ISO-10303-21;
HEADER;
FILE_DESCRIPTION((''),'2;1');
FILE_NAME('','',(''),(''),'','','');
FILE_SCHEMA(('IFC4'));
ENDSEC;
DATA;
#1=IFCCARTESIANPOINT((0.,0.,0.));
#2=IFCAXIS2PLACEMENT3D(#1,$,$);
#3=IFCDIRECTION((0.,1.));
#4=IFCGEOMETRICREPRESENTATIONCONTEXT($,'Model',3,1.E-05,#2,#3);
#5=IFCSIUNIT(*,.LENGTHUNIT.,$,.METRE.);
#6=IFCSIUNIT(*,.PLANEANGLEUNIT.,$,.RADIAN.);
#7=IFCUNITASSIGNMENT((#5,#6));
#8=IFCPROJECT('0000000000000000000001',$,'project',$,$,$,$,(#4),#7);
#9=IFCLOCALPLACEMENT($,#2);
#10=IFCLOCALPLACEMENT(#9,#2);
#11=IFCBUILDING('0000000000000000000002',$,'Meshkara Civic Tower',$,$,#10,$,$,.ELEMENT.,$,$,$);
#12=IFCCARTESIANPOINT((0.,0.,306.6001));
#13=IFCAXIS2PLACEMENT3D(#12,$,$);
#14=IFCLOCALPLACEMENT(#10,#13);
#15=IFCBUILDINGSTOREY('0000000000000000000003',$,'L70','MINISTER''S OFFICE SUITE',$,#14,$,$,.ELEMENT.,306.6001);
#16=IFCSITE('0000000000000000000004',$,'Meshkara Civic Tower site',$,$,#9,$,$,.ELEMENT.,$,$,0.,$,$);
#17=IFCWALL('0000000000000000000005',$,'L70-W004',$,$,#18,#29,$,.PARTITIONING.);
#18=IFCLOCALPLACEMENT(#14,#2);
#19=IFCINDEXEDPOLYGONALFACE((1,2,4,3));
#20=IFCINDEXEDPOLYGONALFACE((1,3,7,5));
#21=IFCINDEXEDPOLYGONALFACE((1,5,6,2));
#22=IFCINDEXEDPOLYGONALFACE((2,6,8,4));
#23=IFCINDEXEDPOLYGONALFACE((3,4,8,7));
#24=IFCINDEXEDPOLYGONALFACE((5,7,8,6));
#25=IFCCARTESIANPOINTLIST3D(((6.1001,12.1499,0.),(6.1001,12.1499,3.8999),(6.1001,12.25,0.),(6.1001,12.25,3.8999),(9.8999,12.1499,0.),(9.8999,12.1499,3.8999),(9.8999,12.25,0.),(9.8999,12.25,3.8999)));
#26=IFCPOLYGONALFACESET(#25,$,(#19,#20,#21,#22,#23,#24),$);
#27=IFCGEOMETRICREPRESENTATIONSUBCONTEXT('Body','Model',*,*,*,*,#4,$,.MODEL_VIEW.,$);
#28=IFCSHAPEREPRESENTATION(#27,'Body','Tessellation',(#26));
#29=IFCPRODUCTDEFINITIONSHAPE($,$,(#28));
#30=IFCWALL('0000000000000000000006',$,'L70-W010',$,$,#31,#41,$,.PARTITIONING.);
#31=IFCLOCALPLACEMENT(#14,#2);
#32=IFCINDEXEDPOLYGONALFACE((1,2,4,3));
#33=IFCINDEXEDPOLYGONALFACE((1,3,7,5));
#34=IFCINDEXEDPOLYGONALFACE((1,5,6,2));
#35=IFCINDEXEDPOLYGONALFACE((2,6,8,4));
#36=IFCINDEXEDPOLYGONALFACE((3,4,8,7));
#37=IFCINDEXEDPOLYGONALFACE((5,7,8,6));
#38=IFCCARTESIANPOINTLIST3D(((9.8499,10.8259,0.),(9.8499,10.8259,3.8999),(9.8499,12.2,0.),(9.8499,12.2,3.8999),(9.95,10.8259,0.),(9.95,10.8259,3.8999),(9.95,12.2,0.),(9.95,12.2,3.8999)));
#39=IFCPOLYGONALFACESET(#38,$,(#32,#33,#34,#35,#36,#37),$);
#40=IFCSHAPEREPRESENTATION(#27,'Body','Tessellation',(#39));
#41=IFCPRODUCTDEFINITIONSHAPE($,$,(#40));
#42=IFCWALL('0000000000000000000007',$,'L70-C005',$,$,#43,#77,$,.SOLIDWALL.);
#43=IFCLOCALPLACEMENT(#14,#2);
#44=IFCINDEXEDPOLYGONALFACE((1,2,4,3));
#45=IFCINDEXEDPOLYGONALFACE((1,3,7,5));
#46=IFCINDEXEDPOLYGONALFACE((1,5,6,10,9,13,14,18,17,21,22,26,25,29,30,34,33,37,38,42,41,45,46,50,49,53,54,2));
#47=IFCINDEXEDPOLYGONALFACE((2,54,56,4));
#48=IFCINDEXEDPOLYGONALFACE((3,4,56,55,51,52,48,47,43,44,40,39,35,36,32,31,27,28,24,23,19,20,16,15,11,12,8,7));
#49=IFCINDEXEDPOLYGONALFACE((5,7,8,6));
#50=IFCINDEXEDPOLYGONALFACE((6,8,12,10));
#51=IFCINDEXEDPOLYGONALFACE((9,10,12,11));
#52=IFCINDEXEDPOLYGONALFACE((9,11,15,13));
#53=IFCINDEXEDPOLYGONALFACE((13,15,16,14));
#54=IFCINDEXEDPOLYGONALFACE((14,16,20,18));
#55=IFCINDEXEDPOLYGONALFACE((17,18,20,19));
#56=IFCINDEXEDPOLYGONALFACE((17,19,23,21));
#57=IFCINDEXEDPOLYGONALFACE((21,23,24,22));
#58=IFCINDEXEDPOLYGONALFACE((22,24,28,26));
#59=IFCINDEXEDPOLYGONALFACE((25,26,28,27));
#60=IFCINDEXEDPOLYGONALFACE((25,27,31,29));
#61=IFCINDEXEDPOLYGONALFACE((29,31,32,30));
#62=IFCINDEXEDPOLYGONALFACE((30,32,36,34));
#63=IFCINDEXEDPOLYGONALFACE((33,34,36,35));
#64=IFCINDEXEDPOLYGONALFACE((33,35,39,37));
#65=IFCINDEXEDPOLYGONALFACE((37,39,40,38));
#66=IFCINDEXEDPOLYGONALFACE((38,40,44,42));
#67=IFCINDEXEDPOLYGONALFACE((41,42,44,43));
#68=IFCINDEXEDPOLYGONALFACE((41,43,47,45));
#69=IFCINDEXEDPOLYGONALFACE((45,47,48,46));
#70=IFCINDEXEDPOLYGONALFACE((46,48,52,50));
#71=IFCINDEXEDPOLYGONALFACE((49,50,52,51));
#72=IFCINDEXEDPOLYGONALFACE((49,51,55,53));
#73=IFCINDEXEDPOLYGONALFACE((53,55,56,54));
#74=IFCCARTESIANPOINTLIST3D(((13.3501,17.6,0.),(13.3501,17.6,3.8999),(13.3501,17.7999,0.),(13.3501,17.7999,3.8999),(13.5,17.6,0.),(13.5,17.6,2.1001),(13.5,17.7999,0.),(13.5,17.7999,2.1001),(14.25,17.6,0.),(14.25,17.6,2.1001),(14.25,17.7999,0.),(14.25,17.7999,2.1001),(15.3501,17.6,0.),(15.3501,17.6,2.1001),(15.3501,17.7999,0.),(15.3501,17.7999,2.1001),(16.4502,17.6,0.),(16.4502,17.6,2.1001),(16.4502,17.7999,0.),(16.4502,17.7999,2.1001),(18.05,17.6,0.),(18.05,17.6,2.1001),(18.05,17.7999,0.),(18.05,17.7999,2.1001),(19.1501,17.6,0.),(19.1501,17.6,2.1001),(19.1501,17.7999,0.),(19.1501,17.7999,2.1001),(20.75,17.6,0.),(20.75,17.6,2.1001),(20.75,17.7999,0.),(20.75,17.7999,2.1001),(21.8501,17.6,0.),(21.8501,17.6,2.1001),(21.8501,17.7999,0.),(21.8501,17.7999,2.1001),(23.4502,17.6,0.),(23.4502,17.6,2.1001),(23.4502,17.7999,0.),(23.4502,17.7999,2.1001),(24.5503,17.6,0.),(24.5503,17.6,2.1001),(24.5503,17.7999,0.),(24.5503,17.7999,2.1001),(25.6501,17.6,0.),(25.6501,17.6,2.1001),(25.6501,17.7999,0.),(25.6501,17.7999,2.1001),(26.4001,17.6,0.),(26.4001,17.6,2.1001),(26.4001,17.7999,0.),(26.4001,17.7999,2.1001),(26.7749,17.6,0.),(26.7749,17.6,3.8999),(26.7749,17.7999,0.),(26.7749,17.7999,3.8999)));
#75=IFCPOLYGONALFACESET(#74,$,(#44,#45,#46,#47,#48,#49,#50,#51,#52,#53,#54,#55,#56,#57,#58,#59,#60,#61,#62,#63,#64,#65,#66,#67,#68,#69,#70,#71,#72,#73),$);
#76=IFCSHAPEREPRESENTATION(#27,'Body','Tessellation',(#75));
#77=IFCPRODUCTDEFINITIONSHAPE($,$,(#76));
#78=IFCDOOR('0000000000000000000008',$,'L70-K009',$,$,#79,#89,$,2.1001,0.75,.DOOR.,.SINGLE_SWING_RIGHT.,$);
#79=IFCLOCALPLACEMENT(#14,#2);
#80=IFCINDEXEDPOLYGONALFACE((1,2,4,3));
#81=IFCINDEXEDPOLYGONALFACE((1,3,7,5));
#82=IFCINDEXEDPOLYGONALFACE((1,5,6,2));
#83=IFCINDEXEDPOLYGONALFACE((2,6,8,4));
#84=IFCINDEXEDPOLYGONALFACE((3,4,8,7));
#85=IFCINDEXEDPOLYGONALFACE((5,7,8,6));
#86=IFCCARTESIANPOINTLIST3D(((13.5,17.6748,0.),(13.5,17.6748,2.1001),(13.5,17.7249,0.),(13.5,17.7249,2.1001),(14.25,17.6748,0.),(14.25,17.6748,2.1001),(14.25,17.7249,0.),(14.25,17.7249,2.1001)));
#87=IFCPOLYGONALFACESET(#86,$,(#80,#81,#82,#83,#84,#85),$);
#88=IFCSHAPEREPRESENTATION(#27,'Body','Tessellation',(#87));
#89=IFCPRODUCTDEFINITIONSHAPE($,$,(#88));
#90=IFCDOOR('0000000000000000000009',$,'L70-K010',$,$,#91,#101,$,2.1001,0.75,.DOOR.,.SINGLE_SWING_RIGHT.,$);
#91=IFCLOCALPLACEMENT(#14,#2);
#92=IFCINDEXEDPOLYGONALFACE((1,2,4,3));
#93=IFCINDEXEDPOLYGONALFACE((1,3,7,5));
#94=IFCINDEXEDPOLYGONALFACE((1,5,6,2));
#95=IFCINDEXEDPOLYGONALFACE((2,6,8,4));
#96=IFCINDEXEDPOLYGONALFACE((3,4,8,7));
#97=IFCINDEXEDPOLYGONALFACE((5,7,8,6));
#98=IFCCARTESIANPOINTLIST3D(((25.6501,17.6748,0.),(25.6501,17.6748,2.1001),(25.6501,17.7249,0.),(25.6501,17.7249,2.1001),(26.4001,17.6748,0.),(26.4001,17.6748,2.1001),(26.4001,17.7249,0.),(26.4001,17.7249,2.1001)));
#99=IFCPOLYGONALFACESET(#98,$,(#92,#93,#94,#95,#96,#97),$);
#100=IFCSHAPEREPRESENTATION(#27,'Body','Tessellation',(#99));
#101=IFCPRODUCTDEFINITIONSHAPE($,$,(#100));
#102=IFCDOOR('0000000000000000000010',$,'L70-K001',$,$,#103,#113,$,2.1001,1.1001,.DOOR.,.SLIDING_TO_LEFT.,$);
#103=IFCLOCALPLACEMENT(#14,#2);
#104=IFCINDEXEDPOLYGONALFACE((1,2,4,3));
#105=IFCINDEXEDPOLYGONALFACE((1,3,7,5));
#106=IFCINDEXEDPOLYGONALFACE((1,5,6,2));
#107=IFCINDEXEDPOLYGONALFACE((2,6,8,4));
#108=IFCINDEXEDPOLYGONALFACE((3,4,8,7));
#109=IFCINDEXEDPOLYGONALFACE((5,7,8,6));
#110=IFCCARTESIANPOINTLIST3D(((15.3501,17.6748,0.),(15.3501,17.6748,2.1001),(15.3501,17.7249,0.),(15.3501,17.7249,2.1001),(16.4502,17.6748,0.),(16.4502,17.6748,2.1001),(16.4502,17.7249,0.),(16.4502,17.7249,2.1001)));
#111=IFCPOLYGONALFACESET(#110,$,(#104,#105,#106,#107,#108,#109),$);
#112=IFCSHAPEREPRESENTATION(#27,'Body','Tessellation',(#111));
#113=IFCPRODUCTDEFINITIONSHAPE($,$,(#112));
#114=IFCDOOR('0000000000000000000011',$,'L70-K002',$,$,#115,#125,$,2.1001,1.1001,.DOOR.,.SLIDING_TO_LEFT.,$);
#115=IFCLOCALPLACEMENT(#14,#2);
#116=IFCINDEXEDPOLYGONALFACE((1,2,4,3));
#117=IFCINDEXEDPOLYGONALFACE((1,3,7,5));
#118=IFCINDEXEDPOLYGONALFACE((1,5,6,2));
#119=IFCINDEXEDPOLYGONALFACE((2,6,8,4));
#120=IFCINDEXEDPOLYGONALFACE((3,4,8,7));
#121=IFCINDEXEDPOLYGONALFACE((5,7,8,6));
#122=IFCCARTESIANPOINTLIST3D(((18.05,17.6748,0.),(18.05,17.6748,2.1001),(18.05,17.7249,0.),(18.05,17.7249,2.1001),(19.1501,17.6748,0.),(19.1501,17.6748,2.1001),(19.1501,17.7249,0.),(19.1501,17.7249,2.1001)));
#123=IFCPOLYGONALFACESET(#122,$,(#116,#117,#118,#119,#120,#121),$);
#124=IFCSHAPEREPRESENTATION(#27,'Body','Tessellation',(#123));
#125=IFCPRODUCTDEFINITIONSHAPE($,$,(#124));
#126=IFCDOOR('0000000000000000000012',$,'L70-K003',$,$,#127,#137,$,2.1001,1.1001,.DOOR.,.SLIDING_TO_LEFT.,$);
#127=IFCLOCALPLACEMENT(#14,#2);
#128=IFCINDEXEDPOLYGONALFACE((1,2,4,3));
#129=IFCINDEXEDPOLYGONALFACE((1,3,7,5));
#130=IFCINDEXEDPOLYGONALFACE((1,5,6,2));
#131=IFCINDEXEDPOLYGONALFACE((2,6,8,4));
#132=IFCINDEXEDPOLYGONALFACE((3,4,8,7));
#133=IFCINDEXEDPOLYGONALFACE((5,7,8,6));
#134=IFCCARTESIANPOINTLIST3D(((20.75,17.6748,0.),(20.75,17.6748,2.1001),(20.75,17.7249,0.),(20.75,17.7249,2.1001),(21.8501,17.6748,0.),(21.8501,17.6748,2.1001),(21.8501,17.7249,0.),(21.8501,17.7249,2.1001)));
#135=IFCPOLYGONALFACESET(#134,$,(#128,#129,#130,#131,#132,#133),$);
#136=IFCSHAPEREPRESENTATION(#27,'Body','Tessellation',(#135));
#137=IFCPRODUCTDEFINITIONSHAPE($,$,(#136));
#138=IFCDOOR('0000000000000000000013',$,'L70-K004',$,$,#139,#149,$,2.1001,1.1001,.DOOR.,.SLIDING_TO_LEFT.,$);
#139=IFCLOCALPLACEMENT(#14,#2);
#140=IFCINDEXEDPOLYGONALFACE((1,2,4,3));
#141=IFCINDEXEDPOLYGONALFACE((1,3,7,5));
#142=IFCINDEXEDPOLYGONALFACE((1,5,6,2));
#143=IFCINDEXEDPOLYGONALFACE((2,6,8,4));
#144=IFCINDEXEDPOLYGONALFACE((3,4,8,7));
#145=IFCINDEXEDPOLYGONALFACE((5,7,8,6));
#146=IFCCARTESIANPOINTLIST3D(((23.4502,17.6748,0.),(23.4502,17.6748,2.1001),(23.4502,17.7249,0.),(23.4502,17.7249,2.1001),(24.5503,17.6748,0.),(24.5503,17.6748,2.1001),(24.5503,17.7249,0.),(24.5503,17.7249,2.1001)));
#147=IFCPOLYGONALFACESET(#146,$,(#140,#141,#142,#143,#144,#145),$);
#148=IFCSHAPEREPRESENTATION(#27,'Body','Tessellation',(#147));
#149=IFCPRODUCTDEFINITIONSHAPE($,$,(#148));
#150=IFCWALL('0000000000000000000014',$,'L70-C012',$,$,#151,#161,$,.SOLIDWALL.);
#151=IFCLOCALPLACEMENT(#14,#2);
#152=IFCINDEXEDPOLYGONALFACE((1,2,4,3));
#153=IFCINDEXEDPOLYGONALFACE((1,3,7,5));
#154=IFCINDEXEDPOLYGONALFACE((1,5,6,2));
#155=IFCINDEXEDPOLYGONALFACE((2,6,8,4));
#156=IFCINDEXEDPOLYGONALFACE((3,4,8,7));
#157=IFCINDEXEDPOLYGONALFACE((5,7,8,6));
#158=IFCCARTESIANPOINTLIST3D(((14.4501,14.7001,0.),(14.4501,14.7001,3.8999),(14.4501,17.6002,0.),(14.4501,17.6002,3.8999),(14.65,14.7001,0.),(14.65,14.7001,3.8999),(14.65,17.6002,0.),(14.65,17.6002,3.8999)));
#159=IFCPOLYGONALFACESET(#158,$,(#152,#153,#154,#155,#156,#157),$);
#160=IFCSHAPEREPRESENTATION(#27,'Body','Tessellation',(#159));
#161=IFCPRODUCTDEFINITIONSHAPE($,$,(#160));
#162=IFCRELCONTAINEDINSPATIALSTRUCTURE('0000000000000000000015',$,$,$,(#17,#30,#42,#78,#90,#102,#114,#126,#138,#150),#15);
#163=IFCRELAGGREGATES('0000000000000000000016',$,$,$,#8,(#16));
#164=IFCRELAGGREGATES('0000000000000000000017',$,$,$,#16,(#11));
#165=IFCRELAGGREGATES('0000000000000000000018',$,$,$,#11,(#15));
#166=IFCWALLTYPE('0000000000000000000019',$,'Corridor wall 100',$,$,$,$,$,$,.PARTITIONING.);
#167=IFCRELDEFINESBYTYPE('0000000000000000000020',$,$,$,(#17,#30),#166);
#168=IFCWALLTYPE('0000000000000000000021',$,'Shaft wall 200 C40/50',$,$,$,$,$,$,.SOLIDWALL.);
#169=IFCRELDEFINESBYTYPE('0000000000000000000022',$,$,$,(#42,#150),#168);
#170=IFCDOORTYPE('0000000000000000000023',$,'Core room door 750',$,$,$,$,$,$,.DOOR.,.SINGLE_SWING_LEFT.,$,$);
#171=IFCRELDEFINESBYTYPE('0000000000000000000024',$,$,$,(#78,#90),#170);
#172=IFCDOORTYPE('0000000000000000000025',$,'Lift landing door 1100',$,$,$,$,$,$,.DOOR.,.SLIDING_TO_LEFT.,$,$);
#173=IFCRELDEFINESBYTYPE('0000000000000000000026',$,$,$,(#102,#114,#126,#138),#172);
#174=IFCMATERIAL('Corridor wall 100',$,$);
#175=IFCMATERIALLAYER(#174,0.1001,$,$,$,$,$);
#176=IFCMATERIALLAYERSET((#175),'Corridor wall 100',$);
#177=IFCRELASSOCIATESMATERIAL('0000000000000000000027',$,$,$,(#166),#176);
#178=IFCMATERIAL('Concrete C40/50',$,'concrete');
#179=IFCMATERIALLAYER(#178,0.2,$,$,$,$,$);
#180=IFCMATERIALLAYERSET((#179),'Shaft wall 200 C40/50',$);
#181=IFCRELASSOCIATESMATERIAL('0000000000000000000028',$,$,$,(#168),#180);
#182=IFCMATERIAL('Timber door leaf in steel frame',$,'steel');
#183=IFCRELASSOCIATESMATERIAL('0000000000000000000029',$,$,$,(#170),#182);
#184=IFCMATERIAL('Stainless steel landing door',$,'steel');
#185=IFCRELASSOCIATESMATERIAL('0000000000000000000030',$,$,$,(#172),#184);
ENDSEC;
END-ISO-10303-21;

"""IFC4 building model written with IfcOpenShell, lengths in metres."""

from ifc_helpers import new_model, si_unit, direction, frame, frame_2d, origin, place, context, subcontext, project, spatial, rectangle, extrude, material, layer, layer_set, type_object, element, fill, save


model = new_model("IFC4")

# Units and contexts
model_context = context("Model", 3, precision=1e-05, world=origin(), true_north=direction((0.0, 1.0)))
body_context = subcontext(model_context, "Body", "Model", "MODEL_VIEW")
ifc_project = project(units=[si_unit("LENGTHUNIT", "METRE"), si_unit("PLANEANGLEUNIT", "RADIAN")], contexts=[model_context])

# Site, building, storey
site_placement = place(None, origin())
site = spatial("IfcSite", under=ifc_project, at=site_placement, Name="Meshkara Civic Tower site", CompositionType="ELEMENT", RefElevation=0.0)
building_placement = place(site_placement, origin())
building = spatial("IfcBuilding", under=site, at=building_placement, Name="Meshkara Civic Tower", CompositionType="ELEMENT")
storey_placement = place(building_placement, frame((0.0, 0.0, 306.6001)))
storey = spatial("IfcBuildingStorey", under=building, at=storey_placement, Name="L70", Description="MINISTER'S OFFICE SUITE", CompositionType="ELEMENT", Elevation=306.6001)

# Walls
ifc_material_1 = material(Name="Corridor wall 100")
ifc_layer_1 = layer(ifc_material_1, 0.1001)
ifc_layer_set_1 = layer_set([ifc_layer_1], Name="Corridor wall 100")
wall_type_1 = type_object("IfcWallType", Name="Corridor wall 100", PredefinedType="PARTITIONING", material=ifc_layer_set_1)
wall_1_placement = place(storey_placement, frame((6.1001, 12.2, 0.0), z_axis=(0.0, 0.0, 1.0), x_axis=(1.0, 0.0, 0.0)))
element("IfcWall", 1, at=wall_1_placement, inside=storey, type_object=wall_type_1, Name="L70-W004", PredefinedType="PARTITIONING", context=body_context, shape_type="SweptSolid", body=[
    extrude(rectangle(XDim=3.7998, YDim=0.1001, at=frame_2d((1.8999, 0.0))), origin(), (0.0, 0.0, 1.0), 3.8999),
])
wall_2_placement = place(storey_placement, frame((9.8999, 12.2, 0.0), z_axis=(0.0, 0.0, 1.0), x_axis=(0.0, -1.0, 0.0)))
element("IfcWall", 2, at=wall_2_placement, inside=storey, type_object=wall_type_1, Name="L70-W010", PredefinedType="PARTITIONING", context=body_context, shape_type="SweptSolid", body=[
    extrude(rectangle(XDim=1.374, YDim=0.1001, at=frame_2d((0.687, 0.0))), origin(), (0.0, 0.0, 1.0), 3.8999),
])

# Wall, openings, doors
ifc_material_2 = material(Name="Concrete C40/50", Category="concrete")
ifc_layer_2 = layer(ifc_material_2, 0.2)
ifc_layer_set_2 = layer_set([ifc_layer_2], Name="Shaft wall 200 C40/50")
wall_type_2 = type_object("IfcWallType", Name="Shaft wall 200 C40/50", PredefinedType="SOLIDWALL", material=ifc_layer_set_2)
wall_3_placement = place(storey_placement, frame((13.3501, 17.7, 0.0), z_axis=(0.0, 0.0, 1.0), x_axis=(1.0, 0.0, 0.0)))
wall_3 = element("IfcWall", 3, at=wall_3_placement, inside=storey, type_object=wall_type_2, Name="L70-C005", PredefinedType="SOLIDWALL", context=body_context, shape_type="SweptSolid", body=[
    extrude(rectangle(XDim=13.4248, YDim=0.2, at=frame_2d((6.7124, 0.0))), origin(), (0.0, 0.0, 1.0), 3.8999),
])
opening_1_placement = place(wall_3_placement, frame((2.0, 0.0, 0.0)))
opening_1 = element("IfcOpeningElement", 4, at=opening_1_placement, cuts=wall_3, PredefinedType="OPENING", context=body_context, shape_type="SweptSolid", body=[
    extrude(rectangle(XDim=1.1001, YDim=2.1001, at=frame_2d((0.55, 1.05))), frame((0.0, 0.1099, 0.0), z_axis=(0.0, -1.0, 0.0), x_axis=(1.0, 0.0, 0.0)), (0.0, 0.0, 1.0), 0.22),
])
opening_2_placement = place(wall_3_placement, frame((4.7, 0.0, 0.0)))
opening_2 = element("IfcOpeningElement", 5, at=opening_2_placement, cuts=wall_3, PredefinedType="OPENING", context=body_context, shape_type="SweptSolid", body=[
    extrude(rectangle(XDim=1.1001, YDim=2.1001, at=frame_2d((0.55, 1.05))), frame((0.0, 0.1099, 0.0), z_axis=(0.0, -1.0, 0.0), x_axis=(1.0, 0.0, 0.0)), (0.0, 0.0, 1.0), 0.22),
])
opening_3_placement = place(wall_3_placement, frame((7.3999, 0.0, 0.0)))
opening_3 = element("IfcOpeningElement", 6, at=opening_3_placement, cuts=wall_3, PredefinedType="OPENING", context=body_context, shape_type="SweptSolid", body=[
    extrude(rectangle(XDim=1.1001, YDim=2.1001, at=frame_2d((0.55, 1.05))), frame((0.0, 0.1099, 0.0), z_axis=(0.0, -1.0, 0.0), x_axis=(1.0, 0.0, 0.0)), (0.0, 0.0, 1.0), 0.22),
])
opening_4_placement = place(wall_3_placement, frame((10.1001, 0.0, 0.0)))
opening_4 = element("IfcOpeningElement", 7, at=opening_4_placement, cuts=wall_3, PredefinedType="OPENING", context=body_context, shape_type="SweptSolid", body=[
    extrude(rectangle(XDim=1.1001, YDim=2.1001, at=frame_2d((0.55, 1.05))), frame((0.0, 0.1099, 0.0), z_axis=(0.0, -1.0, 0.0), x_axis=(1.0, 0.0, 0.0)), (0.0, 0.0, 1.0), 0.22),
])
opening_5_placement = place(wall_3_placement, frame((0.1499, 0.0, 0.0)))
opening_5 = element("IfcOpeningElement", 8, at=opening_5_placement, cuts=wall_3, PredefinedType="OPENING", context=body_context, shape_type="SweptSolid", body=[
    extrude(rectangle(XDim=0.75, YDim=2.1001, at=frame_2d((0.375, 1.05))), frame((0.0, 0.1099, 0.0), z_axis=(0.0, -1.0, 0.0), x_axis=(1.0, 0.0, 0.0)), (0.0, 0.0, 1.0), 0.22),
])
opening_6_placement = place(wall_3_placement, frame((12.3, 0.0, 0.0)))
opening_6 = element("IfcOpeningElement", 9, at=opening_6_placement, cuts=wall_3, PredefinedType="OPENING", context=body_context, shape_type="SweptSolid", body=[
    extrude(rectangle(XDim=0.75, YDim=2.1001, at=frame_2d((0.375, 1.05))), frame((0.0, 0.1099, 0.0), z_axis=(0.0, -1.0, 0.0), x_axis=(1.0, 0.0, 0.0)), (0.0, 0.0, 1.0), 0.22),
])
ifc_material_3 = material(Name="Timber door leaf in steel frame", Category="steel")
door_type_1 = type_object("IfcDoorType", Name="Core room door 750", OperationType="SINGLE_SWING_LEFT", PredefinedType="DOOR", material=ifc_material_3)
door_1_placement = place(opening_5_placement, origin())
door_1 = element("IfcDoor", 10, at=door_1_placement, inside=storey, type_object=door_type_1, Name="L70-K009", OperationType="SINGLE_SWING_RIGHT", OverallHeight=2.1001, OverallWidth=0.75, PredefinedType="DOOR", context=body_context, shape_type="SweptSolid", body=[
    extrude(rectangle(XDim=0.75, YDim=2.1001, at=frame_2d((0.375, 1.05))), frame((0.0, 0.0249, 0.0), z_axis=(0.0, -1.0, 0.0), x_axis=(1.0, 0.0, 0.0)), (0.0, 0.0, 1.0), 0.05),
])
fill(opening_5, door_1)
door_2_placement = place(opening_6_placement, origin())
door_2 = element("IfcDoor", 11, at=door_2_placement, inside=storey, type_object=door_type_1, Name="L70-K010", OperationType="SINGLE_SWING_RIGHT", OverallHeight=2.1001, OverallWidth=0.75, PredefinedType="DOOR", context=body_context, shape_type="SweptSolid", body=[
    extrude(rectangle(XDim=0.75, YDim=2.1001, at=frame_2d((0.375, 1.05))), frame((0.0, 0.0249, 0.0), z_axis=(0.0, -1.0, 0.0), x_axis=(1.0, 0.0, 0.0)), (0.0, 0.0, 1.0), 0.05),
])
fill(opening_6, door_2)
ifc_material_4 = material(Name="Stainless steel landing door", Category="steel")
door_type_2 = type_object("IfcDoorType", Name="Lift landing door 1100", OperationType="SLIDING_TO_LEFT", PredefinedType="DOOR", material=ifc_material_4)
door_3_placement = place(opening_1_placement, origin())
door_3 = element("IfcDoor", 12, at=door_3_placement, inside=storey, type_object=door_type_2, Name="L70-K001", OperationType="SLIDING_TO_LEFT", OverallHeight=2.1001, OverallWidth=1.1001, PredefinedType="DOOR", context=body_context, shape_type="SweptSolid", body=[
    extrude(rectangle(XDim=1.1001, YDim=2.1001, at=frame_2d((0.55, 1.05))), frame((0.0, 0.0249, 0.0), z_axis=(0.0, -1.0, 0.0), x_axis=(1.0, 0.0, 0.0)), (0.0, 0.0, 1.0), 0.05),
])
fill(opening_1, door_3)
door_4_placement = place(opening_2_placement, origin())
door_4 = element("IfcDoor", 13, at=door_4_placement, inside=storey, type_object=door_type_2, Name="L70-K002", OperationType="SLIDING_TO_LEFT", OverallHeight=2.1001, OverallWidth=1.1001, PredefinedType="DOOR", context=body_context, shape_type="SweptSolid", body=[
    extrude(rectangle(XDim=1.1001, YDim=2.1001, at=frame_2d((0.55, 1.05))), frame((0.0, 0.0249, 0.0), z_axis=(0.0, -1.0, 0.0), x_axis=(1.0, 0.0, 0.0)), (0.0, 0.0, 1.0), 0.05),
])
fill(opening_2, door_4)
door_5_placement = place(opening_3_placement, origin())
door_5 = element("IfcDoor", 14, at=door_5_placement, inside=storey, type_object=door_type_2, Name="L70-K003", OperationType="SLIDING_TO_LEFT", OverallHeight=2.1001, OverallWidth=1.1001, PredefinedType="DOOR", context=body_context, shape_type="SweptSolid", body=[
    extrude(rectangle(XDim=1.1001, YDim=2.1001, at=frame_2d((0.55, 1.05))), frame((0.0, 0.0249, 0.0), z_axis=(0.0, -1.0, 0.0), x_axis=(1.0, 0.0, 0.0)), (0.0, 0.0, 1.0), 0.05),
])
fill(opening_3, door_5)
door_6_placement = place(opening_4_placement, origin())
door_6 = element("IfcDoor", 15, at=door_6_placement, inside=storey, type_object=door_type_2, Name="L70-K004", OperationType="SLIDING_TO_LEFT", OverallHeight=2.1001, OverallWidth=1.1001, PredefinedType="DOOR", context=body_context, shape_type="SweptSolid", body=[
    extrude(rectangle(XDim=1.1001, YDim=2.1001, at=frame_2d((0.55, 1.05))), frame((0.0, 0.0249, 0.0), z_axis=(0.0, -1.0, 0.0), x_axis=(1.0, 0.0, 0.0)), (0.0, 0.0, 1.0), 0.05),
])
fill(opening_4, door_6)

# Wall
wall_4_placement = place(storey_placement, frame((14.55, 14.7, 0.0), z_axis=(0.0, 0.0, 1.0), x_axis=(0.0, 1.0, 0.0)))
element("IfcWall", 16, at=wall_4_placement, inside=storey, type_object=wall_type_2, Name="L70-C012", PredefinedType="SOLIDWALL", context=body_context, shape_type="SweptSolid", body=[
    extrude(rectangle(XDim=2.9001, YDim=0.2, at=frame_2d((1.4502, 0.0))), origin(), (0.0, 0.0, 1.0), 3.8999),
])

save(model, "model.ifc")
